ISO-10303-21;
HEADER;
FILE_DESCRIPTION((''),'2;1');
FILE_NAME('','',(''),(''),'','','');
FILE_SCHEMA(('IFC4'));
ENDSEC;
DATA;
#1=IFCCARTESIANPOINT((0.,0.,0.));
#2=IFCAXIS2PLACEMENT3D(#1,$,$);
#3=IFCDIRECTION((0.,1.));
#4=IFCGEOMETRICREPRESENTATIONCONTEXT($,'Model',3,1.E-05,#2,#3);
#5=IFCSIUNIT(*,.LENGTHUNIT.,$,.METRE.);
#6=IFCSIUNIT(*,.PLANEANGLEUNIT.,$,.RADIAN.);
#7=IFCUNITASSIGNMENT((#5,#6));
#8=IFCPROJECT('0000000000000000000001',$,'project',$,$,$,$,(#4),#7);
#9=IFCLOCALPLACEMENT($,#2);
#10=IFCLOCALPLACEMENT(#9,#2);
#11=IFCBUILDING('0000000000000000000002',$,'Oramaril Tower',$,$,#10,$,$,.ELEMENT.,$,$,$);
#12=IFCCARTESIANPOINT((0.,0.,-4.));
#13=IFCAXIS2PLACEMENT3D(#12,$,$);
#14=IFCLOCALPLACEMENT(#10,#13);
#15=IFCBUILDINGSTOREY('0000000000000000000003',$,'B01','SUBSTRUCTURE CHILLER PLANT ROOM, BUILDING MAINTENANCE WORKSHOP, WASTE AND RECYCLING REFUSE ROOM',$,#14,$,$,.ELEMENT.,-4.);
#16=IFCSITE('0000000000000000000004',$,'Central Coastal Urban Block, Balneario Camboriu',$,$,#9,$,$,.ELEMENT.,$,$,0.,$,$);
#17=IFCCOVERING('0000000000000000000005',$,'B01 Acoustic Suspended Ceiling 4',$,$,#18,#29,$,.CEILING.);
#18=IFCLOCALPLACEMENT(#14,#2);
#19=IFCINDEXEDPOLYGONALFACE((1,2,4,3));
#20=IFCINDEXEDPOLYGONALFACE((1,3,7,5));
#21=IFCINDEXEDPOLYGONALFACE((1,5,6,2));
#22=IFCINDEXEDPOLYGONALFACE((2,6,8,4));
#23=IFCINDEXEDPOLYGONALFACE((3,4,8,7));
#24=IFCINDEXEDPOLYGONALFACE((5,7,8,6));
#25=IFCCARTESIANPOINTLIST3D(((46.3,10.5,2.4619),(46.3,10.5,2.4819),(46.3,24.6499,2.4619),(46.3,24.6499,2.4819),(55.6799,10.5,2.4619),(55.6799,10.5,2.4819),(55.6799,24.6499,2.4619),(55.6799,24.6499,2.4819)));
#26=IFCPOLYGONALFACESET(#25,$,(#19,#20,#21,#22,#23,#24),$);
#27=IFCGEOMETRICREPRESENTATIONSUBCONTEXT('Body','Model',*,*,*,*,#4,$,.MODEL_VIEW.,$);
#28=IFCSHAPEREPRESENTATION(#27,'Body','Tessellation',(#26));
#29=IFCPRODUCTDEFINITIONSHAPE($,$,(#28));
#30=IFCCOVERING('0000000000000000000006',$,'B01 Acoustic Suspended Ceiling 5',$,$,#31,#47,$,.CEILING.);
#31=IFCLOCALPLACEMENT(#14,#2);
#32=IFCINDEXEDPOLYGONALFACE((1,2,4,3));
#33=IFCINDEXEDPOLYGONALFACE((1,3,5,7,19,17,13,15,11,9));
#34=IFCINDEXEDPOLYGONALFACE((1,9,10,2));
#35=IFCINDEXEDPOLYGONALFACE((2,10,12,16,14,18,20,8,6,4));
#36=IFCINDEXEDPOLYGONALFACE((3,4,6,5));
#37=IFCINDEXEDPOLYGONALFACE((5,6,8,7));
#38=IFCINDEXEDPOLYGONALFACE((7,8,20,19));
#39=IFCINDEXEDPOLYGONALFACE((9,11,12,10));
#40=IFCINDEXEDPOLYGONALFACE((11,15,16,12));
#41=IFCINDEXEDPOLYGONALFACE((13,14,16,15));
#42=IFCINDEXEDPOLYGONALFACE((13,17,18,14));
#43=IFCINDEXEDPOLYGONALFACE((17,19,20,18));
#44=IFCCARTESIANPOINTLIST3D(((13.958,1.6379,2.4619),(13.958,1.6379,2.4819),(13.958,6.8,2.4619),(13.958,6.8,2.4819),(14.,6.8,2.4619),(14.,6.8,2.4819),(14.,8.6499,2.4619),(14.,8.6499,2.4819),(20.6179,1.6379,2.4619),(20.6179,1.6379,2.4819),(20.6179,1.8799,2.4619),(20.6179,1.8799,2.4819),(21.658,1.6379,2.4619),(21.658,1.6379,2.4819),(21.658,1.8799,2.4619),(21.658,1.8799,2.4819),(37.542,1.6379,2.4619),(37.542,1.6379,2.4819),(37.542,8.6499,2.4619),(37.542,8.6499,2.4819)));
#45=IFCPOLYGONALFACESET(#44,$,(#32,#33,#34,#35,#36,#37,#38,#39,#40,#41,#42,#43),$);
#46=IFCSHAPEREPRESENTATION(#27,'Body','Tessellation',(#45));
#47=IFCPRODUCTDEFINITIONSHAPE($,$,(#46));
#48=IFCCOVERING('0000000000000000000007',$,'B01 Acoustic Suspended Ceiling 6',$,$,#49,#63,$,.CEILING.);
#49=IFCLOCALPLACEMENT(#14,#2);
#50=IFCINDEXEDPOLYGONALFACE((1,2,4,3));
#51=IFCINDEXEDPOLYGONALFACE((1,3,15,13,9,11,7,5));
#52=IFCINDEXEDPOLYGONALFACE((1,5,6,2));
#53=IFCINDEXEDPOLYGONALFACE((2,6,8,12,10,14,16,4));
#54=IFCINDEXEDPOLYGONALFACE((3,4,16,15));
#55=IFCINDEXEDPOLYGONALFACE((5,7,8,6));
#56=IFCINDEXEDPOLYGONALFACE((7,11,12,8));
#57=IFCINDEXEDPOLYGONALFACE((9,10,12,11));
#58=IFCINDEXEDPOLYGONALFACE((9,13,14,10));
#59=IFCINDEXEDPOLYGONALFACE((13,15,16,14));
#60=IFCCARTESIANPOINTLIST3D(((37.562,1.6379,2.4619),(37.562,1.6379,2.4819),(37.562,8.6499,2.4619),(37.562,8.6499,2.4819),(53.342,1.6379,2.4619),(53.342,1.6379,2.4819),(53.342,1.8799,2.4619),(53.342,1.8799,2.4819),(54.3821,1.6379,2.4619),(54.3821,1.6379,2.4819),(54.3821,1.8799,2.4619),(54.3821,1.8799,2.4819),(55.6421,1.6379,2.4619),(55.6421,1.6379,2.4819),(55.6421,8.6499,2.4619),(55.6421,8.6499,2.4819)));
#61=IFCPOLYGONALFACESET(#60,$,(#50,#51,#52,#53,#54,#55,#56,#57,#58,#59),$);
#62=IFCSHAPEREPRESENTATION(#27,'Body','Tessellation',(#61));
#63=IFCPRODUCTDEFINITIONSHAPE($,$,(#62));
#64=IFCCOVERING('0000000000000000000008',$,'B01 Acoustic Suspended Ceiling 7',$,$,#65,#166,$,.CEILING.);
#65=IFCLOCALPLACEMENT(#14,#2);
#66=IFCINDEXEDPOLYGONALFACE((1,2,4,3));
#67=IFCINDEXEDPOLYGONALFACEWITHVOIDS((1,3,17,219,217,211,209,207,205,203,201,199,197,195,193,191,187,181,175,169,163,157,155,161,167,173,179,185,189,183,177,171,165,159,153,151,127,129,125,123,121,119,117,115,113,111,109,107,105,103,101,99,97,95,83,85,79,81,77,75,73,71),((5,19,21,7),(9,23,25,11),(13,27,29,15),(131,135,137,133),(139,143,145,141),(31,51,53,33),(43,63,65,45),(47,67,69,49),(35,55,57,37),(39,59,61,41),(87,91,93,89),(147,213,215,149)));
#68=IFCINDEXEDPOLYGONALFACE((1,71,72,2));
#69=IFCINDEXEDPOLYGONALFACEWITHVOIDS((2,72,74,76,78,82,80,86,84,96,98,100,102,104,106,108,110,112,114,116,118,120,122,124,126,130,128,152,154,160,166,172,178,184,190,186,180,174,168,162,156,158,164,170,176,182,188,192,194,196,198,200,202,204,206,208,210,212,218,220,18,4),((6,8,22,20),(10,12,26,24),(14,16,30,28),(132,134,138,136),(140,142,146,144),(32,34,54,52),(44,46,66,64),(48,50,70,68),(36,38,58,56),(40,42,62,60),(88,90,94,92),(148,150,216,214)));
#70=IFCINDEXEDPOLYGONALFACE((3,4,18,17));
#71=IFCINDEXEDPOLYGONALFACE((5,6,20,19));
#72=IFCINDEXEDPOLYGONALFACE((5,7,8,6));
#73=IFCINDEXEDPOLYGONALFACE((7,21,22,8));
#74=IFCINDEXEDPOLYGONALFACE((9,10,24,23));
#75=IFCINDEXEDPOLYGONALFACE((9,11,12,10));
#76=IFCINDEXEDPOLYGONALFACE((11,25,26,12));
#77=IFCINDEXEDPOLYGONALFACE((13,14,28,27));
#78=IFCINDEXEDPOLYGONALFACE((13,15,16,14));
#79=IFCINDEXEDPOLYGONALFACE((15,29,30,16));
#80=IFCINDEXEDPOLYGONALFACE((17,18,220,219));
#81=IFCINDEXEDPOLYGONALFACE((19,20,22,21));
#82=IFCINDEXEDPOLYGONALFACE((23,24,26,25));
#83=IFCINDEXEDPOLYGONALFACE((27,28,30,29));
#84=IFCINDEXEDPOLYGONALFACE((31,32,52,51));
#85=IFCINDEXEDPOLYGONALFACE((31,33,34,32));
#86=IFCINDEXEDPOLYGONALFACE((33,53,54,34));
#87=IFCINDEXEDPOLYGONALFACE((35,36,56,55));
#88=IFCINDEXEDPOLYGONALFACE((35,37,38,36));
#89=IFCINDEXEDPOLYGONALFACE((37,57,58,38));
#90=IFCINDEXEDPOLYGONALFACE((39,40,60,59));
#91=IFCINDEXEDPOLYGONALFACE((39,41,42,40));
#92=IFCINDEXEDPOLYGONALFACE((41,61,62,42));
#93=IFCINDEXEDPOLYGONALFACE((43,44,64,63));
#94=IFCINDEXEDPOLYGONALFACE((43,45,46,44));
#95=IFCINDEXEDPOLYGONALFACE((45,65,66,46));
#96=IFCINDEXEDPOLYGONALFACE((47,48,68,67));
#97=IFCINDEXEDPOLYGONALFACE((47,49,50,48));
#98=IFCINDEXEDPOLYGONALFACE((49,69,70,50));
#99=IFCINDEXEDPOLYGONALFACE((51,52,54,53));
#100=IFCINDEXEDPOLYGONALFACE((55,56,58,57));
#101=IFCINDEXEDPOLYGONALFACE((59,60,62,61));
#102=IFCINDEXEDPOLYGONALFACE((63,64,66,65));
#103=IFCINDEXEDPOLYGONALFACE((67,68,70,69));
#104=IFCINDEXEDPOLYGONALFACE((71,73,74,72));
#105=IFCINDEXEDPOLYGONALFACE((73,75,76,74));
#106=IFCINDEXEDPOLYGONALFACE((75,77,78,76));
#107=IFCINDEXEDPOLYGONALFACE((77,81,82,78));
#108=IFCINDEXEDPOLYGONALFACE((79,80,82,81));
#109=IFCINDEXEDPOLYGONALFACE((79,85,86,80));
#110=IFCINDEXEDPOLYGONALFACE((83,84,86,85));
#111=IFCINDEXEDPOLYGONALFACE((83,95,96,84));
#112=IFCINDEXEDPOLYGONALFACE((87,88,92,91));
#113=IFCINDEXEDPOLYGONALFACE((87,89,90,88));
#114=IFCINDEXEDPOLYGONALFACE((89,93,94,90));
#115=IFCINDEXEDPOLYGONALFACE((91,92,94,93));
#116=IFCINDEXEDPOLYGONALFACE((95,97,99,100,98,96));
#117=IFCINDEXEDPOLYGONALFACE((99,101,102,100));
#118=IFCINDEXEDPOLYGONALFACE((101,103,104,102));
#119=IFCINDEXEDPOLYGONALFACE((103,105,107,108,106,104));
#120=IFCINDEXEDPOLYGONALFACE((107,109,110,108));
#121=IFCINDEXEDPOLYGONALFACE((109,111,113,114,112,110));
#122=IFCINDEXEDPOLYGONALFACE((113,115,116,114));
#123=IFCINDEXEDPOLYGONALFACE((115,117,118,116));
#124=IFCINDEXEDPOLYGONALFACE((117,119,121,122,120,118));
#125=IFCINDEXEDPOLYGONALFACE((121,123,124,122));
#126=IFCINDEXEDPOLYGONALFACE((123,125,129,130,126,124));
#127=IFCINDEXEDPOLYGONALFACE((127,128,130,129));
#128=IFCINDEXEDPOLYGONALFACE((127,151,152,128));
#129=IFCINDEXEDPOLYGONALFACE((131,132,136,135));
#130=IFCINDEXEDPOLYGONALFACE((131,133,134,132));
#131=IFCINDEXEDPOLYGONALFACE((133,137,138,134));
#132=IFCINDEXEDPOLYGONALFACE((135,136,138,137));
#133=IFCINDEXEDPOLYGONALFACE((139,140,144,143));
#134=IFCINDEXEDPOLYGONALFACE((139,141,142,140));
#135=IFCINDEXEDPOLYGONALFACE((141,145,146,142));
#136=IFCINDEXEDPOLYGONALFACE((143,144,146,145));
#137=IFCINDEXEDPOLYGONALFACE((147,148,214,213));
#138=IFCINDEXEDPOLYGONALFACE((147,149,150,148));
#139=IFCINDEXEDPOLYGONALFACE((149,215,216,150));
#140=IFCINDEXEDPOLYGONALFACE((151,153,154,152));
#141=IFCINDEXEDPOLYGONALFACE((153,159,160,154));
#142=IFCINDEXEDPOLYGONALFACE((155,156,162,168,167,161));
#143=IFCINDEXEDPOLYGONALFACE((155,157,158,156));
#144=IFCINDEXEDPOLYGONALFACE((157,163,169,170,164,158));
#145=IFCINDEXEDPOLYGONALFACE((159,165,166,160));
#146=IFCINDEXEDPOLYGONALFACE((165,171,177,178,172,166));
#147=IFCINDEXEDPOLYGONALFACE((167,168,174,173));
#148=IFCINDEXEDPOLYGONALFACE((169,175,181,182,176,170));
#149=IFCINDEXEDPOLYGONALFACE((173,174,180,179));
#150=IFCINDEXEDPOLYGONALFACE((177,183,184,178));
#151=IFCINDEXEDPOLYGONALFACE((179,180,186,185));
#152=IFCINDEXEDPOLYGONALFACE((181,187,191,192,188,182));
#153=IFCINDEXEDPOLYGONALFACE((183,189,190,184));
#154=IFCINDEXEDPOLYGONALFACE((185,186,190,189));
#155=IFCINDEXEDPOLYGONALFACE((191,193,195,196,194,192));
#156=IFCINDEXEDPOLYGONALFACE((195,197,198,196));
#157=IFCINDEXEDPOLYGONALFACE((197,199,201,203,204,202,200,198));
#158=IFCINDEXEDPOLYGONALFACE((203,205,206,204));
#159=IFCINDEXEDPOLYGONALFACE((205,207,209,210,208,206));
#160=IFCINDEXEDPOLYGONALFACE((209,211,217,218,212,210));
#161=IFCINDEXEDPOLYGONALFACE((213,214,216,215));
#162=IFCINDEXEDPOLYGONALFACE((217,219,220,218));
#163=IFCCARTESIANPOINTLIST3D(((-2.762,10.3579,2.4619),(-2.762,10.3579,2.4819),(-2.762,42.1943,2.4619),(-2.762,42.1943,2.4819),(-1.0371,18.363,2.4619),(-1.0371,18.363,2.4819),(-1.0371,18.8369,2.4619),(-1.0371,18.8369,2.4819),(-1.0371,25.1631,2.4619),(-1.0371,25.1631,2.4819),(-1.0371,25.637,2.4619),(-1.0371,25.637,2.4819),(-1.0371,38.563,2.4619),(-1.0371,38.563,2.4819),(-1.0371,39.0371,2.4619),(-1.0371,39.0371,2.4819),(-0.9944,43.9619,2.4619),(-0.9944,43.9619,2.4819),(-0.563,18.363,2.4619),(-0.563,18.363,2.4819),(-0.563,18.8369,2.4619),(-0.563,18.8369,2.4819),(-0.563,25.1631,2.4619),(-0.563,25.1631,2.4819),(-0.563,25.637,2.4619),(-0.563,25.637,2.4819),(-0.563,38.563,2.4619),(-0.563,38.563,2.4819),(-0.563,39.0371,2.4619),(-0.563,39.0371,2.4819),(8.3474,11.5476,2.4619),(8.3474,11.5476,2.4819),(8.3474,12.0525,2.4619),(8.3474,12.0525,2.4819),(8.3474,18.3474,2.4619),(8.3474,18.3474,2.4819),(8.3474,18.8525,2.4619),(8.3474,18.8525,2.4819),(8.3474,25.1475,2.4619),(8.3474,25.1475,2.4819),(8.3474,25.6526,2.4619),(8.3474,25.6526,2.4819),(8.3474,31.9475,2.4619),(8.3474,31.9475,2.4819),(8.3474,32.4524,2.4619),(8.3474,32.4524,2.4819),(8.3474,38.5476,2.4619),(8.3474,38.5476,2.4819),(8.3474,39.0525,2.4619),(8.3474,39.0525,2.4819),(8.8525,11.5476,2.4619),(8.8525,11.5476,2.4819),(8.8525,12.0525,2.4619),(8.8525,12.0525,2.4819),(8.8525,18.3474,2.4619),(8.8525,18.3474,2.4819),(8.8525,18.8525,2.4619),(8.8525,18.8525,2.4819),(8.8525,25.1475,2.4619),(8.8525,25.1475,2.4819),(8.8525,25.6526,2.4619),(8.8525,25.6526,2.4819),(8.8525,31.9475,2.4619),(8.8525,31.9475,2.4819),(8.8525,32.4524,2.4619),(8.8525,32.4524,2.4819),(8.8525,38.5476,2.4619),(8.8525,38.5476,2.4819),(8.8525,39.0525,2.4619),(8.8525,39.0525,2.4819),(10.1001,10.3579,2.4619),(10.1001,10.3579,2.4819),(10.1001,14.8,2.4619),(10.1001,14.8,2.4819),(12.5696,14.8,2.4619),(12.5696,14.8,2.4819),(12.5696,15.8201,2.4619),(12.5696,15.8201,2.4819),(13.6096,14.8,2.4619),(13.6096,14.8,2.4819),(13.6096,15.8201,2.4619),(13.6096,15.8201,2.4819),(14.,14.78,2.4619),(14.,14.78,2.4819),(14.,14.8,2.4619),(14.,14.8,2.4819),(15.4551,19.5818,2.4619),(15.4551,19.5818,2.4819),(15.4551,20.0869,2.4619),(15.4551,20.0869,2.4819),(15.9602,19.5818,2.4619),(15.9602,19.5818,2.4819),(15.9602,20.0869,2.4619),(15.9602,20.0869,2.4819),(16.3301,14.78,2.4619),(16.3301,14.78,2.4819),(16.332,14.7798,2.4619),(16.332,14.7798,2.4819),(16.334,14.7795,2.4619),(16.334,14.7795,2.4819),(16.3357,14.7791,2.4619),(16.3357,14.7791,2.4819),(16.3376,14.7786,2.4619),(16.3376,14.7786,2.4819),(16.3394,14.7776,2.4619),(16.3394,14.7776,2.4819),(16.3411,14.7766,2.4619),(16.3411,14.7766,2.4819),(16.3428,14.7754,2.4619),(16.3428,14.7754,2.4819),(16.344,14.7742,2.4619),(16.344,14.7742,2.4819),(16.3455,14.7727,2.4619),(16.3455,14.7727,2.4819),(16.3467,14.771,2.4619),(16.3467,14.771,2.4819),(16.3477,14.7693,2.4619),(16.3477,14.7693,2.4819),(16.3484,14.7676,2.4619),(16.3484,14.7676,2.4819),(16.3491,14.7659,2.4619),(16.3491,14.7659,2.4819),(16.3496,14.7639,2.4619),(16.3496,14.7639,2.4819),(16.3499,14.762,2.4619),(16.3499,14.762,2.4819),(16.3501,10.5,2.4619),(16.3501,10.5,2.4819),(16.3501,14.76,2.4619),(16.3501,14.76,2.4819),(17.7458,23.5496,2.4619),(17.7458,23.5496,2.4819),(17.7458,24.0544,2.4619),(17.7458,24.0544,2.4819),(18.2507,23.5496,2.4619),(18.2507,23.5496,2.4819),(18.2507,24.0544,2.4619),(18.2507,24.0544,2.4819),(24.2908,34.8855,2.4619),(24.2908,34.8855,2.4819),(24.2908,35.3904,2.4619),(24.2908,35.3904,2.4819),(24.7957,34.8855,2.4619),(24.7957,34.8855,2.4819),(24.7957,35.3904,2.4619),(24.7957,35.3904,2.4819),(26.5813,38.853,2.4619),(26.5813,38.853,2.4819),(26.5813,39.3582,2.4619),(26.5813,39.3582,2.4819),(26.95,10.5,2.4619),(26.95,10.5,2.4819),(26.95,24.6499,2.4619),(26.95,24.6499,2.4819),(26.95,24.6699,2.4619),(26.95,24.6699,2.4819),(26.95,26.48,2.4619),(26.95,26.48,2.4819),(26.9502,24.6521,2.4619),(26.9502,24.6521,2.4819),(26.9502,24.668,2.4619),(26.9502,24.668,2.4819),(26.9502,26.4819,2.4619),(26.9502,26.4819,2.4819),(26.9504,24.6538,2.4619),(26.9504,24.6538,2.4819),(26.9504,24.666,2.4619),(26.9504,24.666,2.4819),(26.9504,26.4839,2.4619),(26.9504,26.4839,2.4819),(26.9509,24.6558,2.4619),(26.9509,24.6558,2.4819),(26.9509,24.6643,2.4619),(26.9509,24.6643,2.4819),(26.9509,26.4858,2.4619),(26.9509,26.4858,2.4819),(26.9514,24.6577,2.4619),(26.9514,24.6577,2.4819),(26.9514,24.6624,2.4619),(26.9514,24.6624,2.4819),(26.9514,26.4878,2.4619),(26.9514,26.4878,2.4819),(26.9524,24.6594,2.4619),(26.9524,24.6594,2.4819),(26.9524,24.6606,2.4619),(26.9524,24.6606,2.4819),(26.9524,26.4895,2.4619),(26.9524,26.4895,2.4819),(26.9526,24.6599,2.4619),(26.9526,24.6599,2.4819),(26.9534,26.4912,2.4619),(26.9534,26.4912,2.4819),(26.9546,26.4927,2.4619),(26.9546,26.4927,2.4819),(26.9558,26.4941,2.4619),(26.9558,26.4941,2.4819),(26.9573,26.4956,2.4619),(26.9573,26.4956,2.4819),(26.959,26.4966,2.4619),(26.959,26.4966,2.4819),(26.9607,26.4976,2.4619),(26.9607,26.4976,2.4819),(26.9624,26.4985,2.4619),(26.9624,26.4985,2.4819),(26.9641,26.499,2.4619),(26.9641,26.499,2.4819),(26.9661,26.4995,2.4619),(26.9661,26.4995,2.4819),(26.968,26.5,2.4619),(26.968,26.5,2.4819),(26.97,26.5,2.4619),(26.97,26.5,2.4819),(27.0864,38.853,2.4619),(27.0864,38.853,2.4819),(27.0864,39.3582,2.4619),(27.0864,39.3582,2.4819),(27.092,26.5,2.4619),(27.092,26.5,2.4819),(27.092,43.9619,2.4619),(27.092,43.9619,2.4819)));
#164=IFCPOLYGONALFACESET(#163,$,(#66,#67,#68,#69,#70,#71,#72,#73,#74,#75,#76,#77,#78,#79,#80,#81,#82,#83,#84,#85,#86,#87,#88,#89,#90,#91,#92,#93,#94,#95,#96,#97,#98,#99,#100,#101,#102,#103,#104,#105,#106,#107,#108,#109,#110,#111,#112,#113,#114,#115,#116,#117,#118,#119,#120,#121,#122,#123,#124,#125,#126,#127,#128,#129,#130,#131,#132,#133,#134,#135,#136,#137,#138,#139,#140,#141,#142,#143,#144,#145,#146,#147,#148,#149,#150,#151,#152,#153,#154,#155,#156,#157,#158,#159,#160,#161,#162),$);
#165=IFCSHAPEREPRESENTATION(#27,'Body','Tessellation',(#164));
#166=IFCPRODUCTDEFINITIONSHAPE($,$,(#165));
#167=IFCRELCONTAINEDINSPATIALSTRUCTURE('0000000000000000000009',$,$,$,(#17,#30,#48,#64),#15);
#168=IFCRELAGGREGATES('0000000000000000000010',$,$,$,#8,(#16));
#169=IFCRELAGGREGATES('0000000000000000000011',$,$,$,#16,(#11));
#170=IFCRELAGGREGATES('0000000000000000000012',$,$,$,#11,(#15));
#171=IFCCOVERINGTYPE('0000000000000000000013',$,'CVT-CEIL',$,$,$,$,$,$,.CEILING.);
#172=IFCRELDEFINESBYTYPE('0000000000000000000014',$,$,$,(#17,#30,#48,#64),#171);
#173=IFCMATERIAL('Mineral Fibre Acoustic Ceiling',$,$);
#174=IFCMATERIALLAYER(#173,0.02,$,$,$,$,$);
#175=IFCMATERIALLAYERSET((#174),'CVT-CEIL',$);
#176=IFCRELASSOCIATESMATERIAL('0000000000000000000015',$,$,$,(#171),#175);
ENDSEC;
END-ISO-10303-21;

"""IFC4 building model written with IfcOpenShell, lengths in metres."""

from ifc_helpers import new_model, si_unit, direction, frame, origin, place, context, subcontext, project, spatial, polyline, outline, extrude, material, layer, layer_set, type_object, element, save


model = new_model("IFC4")

# Units and contexts
model_context = context("Model", 3, precision=1e-05, world=origin(), true_north=direction((0.0, 1.0)))
body_context = subcontext(model_context, "Body", "Model", "MODEL_VIEW")
ifc_project = project(units=[si_unit("LENGTHUNIT", "METRE"), si_unit("PLANEANGLEUNIT", "RADIAN")], contexts=[model_context])

# Site, building, storey
site_placement = place(None, origin())
site = spatial("IfcSite", under=ifc_project, at=site_placement, Name="Central Coastal Urban Block, Balneario Camboriu", CompositionType="ELEMENT", RefElevation=0.0)
building_placement = place(site_placement, origin())
building = spatial("IfcBuilding", under=site, at=building_placement, Name="Oramaril Tower", CompositionType="ELEMENT")
storey_placement = place(building_placement, frame((0.0, 0.0, -4.0)))
storey = spatial("IfcBuildingStorey", under=building, at=storey_placement, Name="B01", Description="SUBSTRUCTURE CHILLER PLANT ROOM, BUILDING MAINTENANCE WORKSHOP, WASTE AND RECYCLING REFUSE ROOM", CompositionType="ELEMENT", Elevation=-4.0)

# Coverings
ifc_material_1 = material(Name="Mineral Fibre Acoustic Ceiling")
ifc_layer_1 = layer(ifc_material_1, 0.02)
ifc_layer_set_1 = layer_set([ifc_layer_1], Name="CVT-CEIL")
covering_type_1 = type_object("IfcCoveringType", Name="CVT-CEIL", PredefinedType="CEILING", material=ifc_layer_set_1)
covering_1_placement = place(storey_placement, frame((0.0, 0.0, 2.4619)))
element("IfcCovering", 1, at=covering_1_placement, inside=storey, type_object=covering_type_1, Name="B01 Acoustic Suspended Ceiling 4", PredefinedType="CEILING", context=body_context, shape_type="SweptSolid", body=[
    extrude(outline(polyline([(55.6799, 10.5), (46.3, 10.5), (46.3, 24.6499), (55.6799, 24.6499), (55.6799, 10.5)])), origin(), (0.0, 0.0, 1.0), 0.02),
])
covering_2_placement = place(storey_placement, frame((0.0, 0.0, 2.4619)))
element("IfcCovering", 2, at=covering_2_placement, inside=storey, type_object=covering_type_1, Name="B01 Acoustic Suspended Ceiling 5", PredefinedType="CEILING", context=body_context, shape_type="SweptSolid", body=[
    extrude(outline(polyline([(14.0, 6.8), (14.0, 8.6499), (37.542, 8.6499), (37.542, 1.6379), (21.658, 1.6379), (21.658, 1.8799), (20.6179, 1.8799), (20.6179, 1.6379), (13.958, 1.6379), (13.958, 6.8), (14.0, 6.8)])), origin(), (0.0, 0.0, 1.0), 0.02),
])
covering_3_placement = place(storey_placement, frame((0.0, 0.0, 2.4619)))
element("IfcCovering", 3, at=covering_3_placement, inside=storey, type_object=covering_type_1, Name="B01 Acoustic Suspended Ceiling 6", PredefinedType="CEILING", context=body_context, shape_type="SweptSolid", body=[
    extrude(outline(polyline([(55.6421, 1.6379), (54.3821, 1.6379), (54.3821, 1.8799), (53.342, 1.8799), (53.342, 1.6379), (37.562, 1.6379), (37.562, 8.6499), (55.6421, 8.6499), (55.6421, 1.6379)])), origin(), (0.0, 0.0, 1.0), 0.02),
])
covering_4_placement = place(storey_placement, frame((0.0, 0.0, 2.4619)))
element("IfcCovering", 4, at=covering_4_placement, inside=storey, type_object=covering_type_1, Name="B01 Acoustic Suspended Ceiling 7", PredefinedType="CEILING", context=body_context, shape_type="SweptSolid", body=[
    extrude(outline(polyline([(14.0, 14.8), (13.6096, 14.8), (13.6096, 15.8201), (12.5696, 15.8201), (12.5696, 14.8), (10.1001, 14.8), (10.1001, 10.3579), (-2.762, 10.3579), (-2.762, 42.1943), (-0.9944, 43.9619), (27.092, 43.9619), (27.092, 26.5), (26.97, 26.5), (26.968, 26.5), (26.9661, 26.4995), (26.9641, 26.499), (26.9624, 26.4985), (26.9607, 26.4976), (26.959, 26.4966), (26.9573, 26.4956), (26.9558, 26.4941), (26.9546, 26.4927), (26.9534, 26.4912), (26.9524, 26.4895), (26.9514, 26.4878), (26.9509, 26.4858), (26.9504, 26.4839), (26.9502, 26.4819), (26.95, 26.48), (26.95, 24.6699), (26.9502, 24.668), (26.9504, 24.666), (26.9509, 24.6643), (26.9514, 24.6624), (26.9524, 24.6606), (26.9526, 24.6599), (26.9524, 24.6594), (26.9514, 24.6577), (26.9509, 24.6558), (26.9504, 24.6538), (26.9502, 24.6521), (26.95, 24.6499), (26.95, 10.5), (16.3501, 10.5), (16.3501, 14.76), (16.3499, 14.762), (16.3496, 14.7639), (16.3491, 14.7659), (16.3484, 14.7676), (16.3477, 14.7693), (16.3467, 14.771), (16.3455, 14.7727), (16.344, 14.7742), (16.3428, 14.7754), (16.3411, 14.7766), (16.3394, 14.7776), (16.3376, 14.7786), (16.3357, 14.7791), (16.334, 14.7795), (16.332, 14.7798), (16.3301, 14.78), (14.0, 14.78), (14.0, 14.8)]), holes=[polyline([(8.8525, 12.0525), (8.3474, 12.0525), (8.3474, 11.5476), (8.8525, 11.5476), (8.8525, 12.0525)]), polyline([(-0.563, 18.363), (-0.563, 18.8369), (-1.0371, 18.8369), (-1.0371, 18.363), (-0.563, 18.363)]), polyline([(8.8525, 18.8525), (8.3474, 18.8525), (8.3474, 18.3474), (8.8525, 18.3474), (8.8525, 18.8525)]), polyline([(15.9602, 19.5818), (15.9602, 20.0869), (15.4551, 20.0869), (15.4551, 19.5818), (15.9602, 19.5818)]), polyline([(18.2507, 23.5496), (18.2507, 24.0544), (17.7458, 24.0544), (17.7458, 23.5496), (18.2507, 23.5496)]), polyline([(-0.563, 25.637), (-1.0371, 25.637), (-1.0371, 25.1631), (-0.563, 25.1631), (-0.563, 25.637)]), polyline([(8.8525, 25.1475), (8.8525, 25.6526), (8.3474, 25.6526), (8.3474, 25.1475), (8.8525, 25.1475)]), polyline([(8.8525, 31.9475), (8.8525, 32.4524), (8.3474, 32.4524), (8.3474, 31.9475), (8.8525, 31.9475)]), polyline([(-0.563, 39.0371), (-1.0371, 39.0371), (-1.0371, 38.563), (-0.563, 38.563), (-0.563, 39.0371)]), polyline([(8.8525, 38.5476), (8.8525, 39.0525), (8.3474, 39.0525), (8.3474, 38.5476), (8.8525, 38.5476)]), polyline([(24.7957, 34.8855), (24.7957, 35.3904), (24.2908, 35.3904), (24.2908, 34.8855), (24.7957, 34.8855)]), polyline([(27.0864, 38.853), (27.0864, 39.3582), (26.5813, 39.3582), (26.5813, 38.853), (27.0864, 38.853)])]), origin(), (0.0, 0.0, 1.0), 0.02),
])

save(model, "model.ifc")
